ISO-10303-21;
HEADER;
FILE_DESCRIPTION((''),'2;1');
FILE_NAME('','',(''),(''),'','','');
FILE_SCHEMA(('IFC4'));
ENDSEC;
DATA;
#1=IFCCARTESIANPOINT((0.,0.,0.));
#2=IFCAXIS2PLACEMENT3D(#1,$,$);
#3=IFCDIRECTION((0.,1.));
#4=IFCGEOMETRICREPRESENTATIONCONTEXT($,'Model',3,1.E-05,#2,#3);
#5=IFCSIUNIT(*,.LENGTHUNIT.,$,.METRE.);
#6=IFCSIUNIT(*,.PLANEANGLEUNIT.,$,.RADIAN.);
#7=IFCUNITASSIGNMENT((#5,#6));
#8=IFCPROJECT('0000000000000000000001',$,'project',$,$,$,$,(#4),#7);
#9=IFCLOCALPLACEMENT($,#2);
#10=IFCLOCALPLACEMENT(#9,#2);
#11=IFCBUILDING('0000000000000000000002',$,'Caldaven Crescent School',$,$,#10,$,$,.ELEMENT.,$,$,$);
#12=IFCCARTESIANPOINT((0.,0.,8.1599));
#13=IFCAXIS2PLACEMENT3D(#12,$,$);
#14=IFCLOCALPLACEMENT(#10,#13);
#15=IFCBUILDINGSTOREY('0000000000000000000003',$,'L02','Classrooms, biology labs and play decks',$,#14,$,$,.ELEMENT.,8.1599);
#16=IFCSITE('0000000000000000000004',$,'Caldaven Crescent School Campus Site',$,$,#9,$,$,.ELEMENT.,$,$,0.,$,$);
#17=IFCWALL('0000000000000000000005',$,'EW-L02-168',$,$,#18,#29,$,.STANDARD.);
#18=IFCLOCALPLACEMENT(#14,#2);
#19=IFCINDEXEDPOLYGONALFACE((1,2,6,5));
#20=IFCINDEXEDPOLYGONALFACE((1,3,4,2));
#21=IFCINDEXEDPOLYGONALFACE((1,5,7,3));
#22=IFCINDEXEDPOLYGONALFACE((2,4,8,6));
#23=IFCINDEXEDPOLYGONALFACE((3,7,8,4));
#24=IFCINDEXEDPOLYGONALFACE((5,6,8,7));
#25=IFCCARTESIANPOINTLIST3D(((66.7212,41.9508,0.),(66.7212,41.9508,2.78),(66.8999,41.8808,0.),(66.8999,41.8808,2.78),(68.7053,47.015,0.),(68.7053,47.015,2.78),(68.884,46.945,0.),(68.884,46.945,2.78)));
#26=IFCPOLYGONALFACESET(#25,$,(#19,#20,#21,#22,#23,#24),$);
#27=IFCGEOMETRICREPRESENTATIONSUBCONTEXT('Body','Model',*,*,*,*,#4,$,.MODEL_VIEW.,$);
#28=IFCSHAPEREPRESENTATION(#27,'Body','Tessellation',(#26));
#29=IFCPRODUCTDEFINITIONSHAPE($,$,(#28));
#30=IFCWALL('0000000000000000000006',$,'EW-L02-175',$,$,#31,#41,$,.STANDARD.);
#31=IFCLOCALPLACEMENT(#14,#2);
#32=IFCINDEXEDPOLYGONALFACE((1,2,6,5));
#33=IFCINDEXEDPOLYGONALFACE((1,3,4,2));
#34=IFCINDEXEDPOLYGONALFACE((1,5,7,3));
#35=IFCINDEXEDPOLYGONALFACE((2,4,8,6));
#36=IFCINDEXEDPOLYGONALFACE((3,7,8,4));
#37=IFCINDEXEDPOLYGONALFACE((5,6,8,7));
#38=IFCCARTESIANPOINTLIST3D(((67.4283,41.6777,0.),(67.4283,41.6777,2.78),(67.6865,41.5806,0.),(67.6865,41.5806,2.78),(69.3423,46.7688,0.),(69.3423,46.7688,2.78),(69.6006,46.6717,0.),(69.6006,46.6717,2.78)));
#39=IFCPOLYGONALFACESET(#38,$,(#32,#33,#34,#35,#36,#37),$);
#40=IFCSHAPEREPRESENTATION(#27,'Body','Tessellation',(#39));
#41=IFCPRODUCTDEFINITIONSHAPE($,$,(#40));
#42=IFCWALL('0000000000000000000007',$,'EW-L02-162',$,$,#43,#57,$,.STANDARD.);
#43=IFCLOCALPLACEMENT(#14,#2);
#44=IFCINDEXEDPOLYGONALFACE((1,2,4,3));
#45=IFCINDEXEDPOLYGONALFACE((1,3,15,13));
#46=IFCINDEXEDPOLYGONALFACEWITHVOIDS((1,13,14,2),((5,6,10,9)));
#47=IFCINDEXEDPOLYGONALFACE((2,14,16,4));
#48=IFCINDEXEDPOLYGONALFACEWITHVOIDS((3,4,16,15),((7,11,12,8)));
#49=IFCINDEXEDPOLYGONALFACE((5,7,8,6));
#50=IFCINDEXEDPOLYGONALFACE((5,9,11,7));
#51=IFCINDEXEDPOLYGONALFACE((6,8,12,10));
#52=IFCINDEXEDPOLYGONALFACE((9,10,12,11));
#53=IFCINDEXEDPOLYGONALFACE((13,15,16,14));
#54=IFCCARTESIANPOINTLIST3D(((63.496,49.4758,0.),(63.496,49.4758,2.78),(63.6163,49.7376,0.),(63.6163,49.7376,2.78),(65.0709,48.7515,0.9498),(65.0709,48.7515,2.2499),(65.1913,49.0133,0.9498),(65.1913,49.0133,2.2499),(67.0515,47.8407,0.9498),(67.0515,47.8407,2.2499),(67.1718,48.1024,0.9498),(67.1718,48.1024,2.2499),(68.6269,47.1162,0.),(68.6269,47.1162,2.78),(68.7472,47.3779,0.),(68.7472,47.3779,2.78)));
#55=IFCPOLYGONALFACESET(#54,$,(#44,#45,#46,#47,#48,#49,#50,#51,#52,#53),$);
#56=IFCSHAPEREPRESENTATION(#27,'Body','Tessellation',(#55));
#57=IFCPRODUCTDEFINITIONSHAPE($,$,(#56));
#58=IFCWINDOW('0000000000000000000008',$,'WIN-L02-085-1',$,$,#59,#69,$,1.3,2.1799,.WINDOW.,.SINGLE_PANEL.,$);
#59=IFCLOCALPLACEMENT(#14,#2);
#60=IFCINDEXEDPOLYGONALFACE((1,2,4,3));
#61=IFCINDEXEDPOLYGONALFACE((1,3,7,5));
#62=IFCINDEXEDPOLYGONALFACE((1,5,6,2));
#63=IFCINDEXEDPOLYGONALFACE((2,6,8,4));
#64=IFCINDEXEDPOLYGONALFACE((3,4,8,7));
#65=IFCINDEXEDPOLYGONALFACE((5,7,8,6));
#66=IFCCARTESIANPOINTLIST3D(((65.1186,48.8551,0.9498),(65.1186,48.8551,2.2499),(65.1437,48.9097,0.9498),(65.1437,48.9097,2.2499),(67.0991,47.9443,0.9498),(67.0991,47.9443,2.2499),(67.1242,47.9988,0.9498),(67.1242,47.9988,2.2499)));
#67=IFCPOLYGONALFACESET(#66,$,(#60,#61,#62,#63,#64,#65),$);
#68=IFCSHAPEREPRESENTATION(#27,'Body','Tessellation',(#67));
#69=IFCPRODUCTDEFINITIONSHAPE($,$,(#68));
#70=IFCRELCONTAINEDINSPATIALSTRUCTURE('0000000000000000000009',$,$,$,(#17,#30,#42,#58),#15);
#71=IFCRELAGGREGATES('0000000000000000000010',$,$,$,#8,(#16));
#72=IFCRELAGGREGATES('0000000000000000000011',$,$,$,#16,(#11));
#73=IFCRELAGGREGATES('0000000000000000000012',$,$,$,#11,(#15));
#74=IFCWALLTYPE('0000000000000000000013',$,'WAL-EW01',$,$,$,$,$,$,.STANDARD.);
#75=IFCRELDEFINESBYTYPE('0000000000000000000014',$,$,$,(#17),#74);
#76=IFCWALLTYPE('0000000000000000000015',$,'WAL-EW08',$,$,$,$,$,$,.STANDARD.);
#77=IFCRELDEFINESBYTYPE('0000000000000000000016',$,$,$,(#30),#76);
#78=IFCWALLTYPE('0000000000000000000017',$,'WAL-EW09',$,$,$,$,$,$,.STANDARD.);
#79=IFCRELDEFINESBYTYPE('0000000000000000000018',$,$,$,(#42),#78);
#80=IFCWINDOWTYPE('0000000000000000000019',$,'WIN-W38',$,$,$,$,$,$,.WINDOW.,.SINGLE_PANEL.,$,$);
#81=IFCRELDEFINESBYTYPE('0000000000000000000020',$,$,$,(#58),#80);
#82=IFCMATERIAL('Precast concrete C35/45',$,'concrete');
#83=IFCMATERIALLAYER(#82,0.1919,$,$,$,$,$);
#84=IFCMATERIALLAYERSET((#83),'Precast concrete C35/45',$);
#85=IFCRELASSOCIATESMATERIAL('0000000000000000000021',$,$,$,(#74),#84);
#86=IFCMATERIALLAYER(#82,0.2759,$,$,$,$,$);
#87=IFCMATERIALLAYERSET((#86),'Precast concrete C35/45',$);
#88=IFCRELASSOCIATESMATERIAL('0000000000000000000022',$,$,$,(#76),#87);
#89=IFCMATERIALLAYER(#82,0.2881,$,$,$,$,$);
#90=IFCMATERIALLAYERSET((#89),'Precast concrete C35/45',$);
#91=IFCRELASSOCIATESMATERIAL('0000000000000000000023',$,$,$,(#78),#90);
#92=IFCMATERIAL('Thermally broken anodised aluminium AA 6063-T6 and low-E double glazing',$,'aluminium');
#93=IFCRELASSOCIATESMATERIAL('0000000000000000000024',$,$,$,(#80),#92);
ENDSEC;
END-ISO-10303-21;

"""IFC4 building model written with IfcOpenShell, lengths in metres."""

from ifc_helpers import new_model, si_unit, direction, frame, frame_2d, origin, place, context, subcontext, project, spatial, rectangle, extrude, material, layer, layer_set, type_object, element, fill, save


model = new_model("IFC4")

# Units and contexts
model_context = context("Model", 3, precision=1e-05, world=origin(), true_north=direction((0.0, 1.0)))
body_context = subcontext(model_context, "Body", "Model", "MODEL_VIEW")
ifc_project = project(units=[si_unit("LENGTHUNIT", "METRE"), si_unit("PLANEANGLEUNIT", "RADIAN")], contexts=[model_context])

# Site, building, storey
site_placement = place(None, origin())
site = spatial("IfcSite", under=ifc_project, at=site_placement, Name="Caldaven Crescent School Campus Site", CompositionType="ELEMENT", RefElevation=0.0)
building_placement = place(site_placement, origin())
building = spatial("IfcBuilding", under=site, at=building_placement, Name="Caldaven Crescent School", CompositionType="ELEMENT")
storey_placement = place(building_placement, frame((0.0, 0.0, 8.1599)))
storey = spatial("IfcBuildingStorey", under=building, at=storey_placement, Name="L02", Description="Classrooms, biology labs and play decks", CompositionType="ELEMENT", Elevation=8.1599)

# Walls
ifc_material_1 = material(Name="Precast concrete C35/45", Category="concrete")
ifc_layer_1 = layer(ifc_material_1, 0.1919)
ifc_layer_set_1 = layer_set([ifc_layer_1], Name="Precast concrete C35/45")
wall_type_1 = type_object("IfcWallType", Name="WAL-EW01", PredefinedType="STANDARD", material=ifc_layer_set_1)
wall_1_placement = place(storey_placement, frame((68.7947, 46.98, 0.0), z_axis=(0.0, 0.0, 1.0), x_axis=(-0.364795, -0.931088, 0.0)))
element("IfcWall", 1, at=wall_1_placement, inside=storey, type_object=wall_type_1, Name="EW-L02-168", PredefinedType="STANDARD", context=body_context, shape_type="SweptSolid", body=[
    extrude(rectangle(XDim=5.439, YDim=0.1919, at=frame_2d((2.7195, 0.0))), origin(), (0.0, 0.0, 1.0), 2.78),
])
ifc_layer_2 = layer(ifc_material_1, 0.2759)
ifc_layer_set_2 = layer_set([ifc_layer_2], Name="Precast concrete C35/45")
wall_type_2 = type_object("IfcWallType", Name="WAL-EW08", PredefinedType="STANDARD", material=ifc_layer_set_2)
wall_2_placement = place(storey_placement, frame((69.4714, 46.7202, 0.0), z_axis=(0.0, 0.0, 1.0), x_axis=(-0.351915, -0.936032, 0.0)))
element("IfcWall", 2, at=wall_2_placement, inside=storey, type_object=wall_type_2, Name="EW-L02-175", PredefinedType="STANDARD", context=body_context, shape_type="SweptSolid", body=[
    extrude(rectangle(XDim=5.439, YDim=0.2759, at=frame_2d((2.7195, 0.0))), origin(), (0.0, 0.0, 1.0), 2.78),
])

# Wall, opening, window
ifc_layer_3 = layer(ifc_material_1, 0.2881)
ifc_layer_set_3 = layer_set([ifc_layer_3], Name="Precast concrete C35/45")
wall_type_3 = type_object("IfcWallType", Name="WAL-EW09", PredefinedType="STANDARD", material=ifc_layer_set_3)
wall_3_placement = place(storey_placement, frame((63.5562, 49.6067, 0.0), z_axis=(0.0, 0.0, 1.0), x_axis=(0.908529, -0.417821, 0.0)))
wall_3 = element("IfcWall", 3, at=wall_3_placement, inside=storey, type_object=wall_type_3, Name="EW-L02-162", PredefinedType="STANDARD", context=body_context, shape_type="SweptSolid", body=[
    extrude(rectangle(XDim=5.6475, YDim=0.2881, at=frame_2d((2.8237, 0.0))), origin(), (0.0, 0.0, 1.0), 2.78),
])
opening_placement = place(wall_3_placement, frame((1.7336, 0.0, 0.95)))
opening = element("IfcOpeningElement", 4, at=opening_placement, cuts=wall_3, PredefinedType="OPENING", context=body_context, shape_type="SweptSolid", body=[
    extrude(rectangle(XDim=2.1799, YDim=1.3, at=frame_2d((1.0898, 0.6499))), frame((0.0, 0.1541, 0.0), z_axis=(0.0, -1.0, 0.0), x_axis=(1.0, 0.0, 0.0)), (0.0, 0.0, 1.0), 0.3081),
])
ifc_material_2 = material(Name="Thermally broken anodised aluminium AA 6063-T6 and low-E double glazing", Category="aluminium")
window_type = type_object("IfcWindowType", Name="WIN-W38", PartitioningType="SINGLE_PANEL", PredefinedType="WINDOW", material=ifc_material_2)
window_placement = place(opening_placement, origin())
window = element("IfcWindow", 5, at=window_placement, inside=storey, type_object=window_type, Name="WIN-L02-085-1", OverallHeight=1.3, OverallWidth=2.1799, PartitioningType="SINGLE_PANEL", PredefinedType="WINDOW", context=body_context, shape_type="SweptSolid", body=[
    extrude(rectangle(XDim=2.1799, YDim=1.3, at=frame_2d((1.0898, 0.6499))), frame((0.0, 0.03, 0.0), z_axis=(0.0, -1.0, 0.0), x_axis=(1.0, 0.0, 0.0)), (0.0, 0.0, 1.0), 0.0601),
])
fill(opening, window)

save(model, "model.ifc")
